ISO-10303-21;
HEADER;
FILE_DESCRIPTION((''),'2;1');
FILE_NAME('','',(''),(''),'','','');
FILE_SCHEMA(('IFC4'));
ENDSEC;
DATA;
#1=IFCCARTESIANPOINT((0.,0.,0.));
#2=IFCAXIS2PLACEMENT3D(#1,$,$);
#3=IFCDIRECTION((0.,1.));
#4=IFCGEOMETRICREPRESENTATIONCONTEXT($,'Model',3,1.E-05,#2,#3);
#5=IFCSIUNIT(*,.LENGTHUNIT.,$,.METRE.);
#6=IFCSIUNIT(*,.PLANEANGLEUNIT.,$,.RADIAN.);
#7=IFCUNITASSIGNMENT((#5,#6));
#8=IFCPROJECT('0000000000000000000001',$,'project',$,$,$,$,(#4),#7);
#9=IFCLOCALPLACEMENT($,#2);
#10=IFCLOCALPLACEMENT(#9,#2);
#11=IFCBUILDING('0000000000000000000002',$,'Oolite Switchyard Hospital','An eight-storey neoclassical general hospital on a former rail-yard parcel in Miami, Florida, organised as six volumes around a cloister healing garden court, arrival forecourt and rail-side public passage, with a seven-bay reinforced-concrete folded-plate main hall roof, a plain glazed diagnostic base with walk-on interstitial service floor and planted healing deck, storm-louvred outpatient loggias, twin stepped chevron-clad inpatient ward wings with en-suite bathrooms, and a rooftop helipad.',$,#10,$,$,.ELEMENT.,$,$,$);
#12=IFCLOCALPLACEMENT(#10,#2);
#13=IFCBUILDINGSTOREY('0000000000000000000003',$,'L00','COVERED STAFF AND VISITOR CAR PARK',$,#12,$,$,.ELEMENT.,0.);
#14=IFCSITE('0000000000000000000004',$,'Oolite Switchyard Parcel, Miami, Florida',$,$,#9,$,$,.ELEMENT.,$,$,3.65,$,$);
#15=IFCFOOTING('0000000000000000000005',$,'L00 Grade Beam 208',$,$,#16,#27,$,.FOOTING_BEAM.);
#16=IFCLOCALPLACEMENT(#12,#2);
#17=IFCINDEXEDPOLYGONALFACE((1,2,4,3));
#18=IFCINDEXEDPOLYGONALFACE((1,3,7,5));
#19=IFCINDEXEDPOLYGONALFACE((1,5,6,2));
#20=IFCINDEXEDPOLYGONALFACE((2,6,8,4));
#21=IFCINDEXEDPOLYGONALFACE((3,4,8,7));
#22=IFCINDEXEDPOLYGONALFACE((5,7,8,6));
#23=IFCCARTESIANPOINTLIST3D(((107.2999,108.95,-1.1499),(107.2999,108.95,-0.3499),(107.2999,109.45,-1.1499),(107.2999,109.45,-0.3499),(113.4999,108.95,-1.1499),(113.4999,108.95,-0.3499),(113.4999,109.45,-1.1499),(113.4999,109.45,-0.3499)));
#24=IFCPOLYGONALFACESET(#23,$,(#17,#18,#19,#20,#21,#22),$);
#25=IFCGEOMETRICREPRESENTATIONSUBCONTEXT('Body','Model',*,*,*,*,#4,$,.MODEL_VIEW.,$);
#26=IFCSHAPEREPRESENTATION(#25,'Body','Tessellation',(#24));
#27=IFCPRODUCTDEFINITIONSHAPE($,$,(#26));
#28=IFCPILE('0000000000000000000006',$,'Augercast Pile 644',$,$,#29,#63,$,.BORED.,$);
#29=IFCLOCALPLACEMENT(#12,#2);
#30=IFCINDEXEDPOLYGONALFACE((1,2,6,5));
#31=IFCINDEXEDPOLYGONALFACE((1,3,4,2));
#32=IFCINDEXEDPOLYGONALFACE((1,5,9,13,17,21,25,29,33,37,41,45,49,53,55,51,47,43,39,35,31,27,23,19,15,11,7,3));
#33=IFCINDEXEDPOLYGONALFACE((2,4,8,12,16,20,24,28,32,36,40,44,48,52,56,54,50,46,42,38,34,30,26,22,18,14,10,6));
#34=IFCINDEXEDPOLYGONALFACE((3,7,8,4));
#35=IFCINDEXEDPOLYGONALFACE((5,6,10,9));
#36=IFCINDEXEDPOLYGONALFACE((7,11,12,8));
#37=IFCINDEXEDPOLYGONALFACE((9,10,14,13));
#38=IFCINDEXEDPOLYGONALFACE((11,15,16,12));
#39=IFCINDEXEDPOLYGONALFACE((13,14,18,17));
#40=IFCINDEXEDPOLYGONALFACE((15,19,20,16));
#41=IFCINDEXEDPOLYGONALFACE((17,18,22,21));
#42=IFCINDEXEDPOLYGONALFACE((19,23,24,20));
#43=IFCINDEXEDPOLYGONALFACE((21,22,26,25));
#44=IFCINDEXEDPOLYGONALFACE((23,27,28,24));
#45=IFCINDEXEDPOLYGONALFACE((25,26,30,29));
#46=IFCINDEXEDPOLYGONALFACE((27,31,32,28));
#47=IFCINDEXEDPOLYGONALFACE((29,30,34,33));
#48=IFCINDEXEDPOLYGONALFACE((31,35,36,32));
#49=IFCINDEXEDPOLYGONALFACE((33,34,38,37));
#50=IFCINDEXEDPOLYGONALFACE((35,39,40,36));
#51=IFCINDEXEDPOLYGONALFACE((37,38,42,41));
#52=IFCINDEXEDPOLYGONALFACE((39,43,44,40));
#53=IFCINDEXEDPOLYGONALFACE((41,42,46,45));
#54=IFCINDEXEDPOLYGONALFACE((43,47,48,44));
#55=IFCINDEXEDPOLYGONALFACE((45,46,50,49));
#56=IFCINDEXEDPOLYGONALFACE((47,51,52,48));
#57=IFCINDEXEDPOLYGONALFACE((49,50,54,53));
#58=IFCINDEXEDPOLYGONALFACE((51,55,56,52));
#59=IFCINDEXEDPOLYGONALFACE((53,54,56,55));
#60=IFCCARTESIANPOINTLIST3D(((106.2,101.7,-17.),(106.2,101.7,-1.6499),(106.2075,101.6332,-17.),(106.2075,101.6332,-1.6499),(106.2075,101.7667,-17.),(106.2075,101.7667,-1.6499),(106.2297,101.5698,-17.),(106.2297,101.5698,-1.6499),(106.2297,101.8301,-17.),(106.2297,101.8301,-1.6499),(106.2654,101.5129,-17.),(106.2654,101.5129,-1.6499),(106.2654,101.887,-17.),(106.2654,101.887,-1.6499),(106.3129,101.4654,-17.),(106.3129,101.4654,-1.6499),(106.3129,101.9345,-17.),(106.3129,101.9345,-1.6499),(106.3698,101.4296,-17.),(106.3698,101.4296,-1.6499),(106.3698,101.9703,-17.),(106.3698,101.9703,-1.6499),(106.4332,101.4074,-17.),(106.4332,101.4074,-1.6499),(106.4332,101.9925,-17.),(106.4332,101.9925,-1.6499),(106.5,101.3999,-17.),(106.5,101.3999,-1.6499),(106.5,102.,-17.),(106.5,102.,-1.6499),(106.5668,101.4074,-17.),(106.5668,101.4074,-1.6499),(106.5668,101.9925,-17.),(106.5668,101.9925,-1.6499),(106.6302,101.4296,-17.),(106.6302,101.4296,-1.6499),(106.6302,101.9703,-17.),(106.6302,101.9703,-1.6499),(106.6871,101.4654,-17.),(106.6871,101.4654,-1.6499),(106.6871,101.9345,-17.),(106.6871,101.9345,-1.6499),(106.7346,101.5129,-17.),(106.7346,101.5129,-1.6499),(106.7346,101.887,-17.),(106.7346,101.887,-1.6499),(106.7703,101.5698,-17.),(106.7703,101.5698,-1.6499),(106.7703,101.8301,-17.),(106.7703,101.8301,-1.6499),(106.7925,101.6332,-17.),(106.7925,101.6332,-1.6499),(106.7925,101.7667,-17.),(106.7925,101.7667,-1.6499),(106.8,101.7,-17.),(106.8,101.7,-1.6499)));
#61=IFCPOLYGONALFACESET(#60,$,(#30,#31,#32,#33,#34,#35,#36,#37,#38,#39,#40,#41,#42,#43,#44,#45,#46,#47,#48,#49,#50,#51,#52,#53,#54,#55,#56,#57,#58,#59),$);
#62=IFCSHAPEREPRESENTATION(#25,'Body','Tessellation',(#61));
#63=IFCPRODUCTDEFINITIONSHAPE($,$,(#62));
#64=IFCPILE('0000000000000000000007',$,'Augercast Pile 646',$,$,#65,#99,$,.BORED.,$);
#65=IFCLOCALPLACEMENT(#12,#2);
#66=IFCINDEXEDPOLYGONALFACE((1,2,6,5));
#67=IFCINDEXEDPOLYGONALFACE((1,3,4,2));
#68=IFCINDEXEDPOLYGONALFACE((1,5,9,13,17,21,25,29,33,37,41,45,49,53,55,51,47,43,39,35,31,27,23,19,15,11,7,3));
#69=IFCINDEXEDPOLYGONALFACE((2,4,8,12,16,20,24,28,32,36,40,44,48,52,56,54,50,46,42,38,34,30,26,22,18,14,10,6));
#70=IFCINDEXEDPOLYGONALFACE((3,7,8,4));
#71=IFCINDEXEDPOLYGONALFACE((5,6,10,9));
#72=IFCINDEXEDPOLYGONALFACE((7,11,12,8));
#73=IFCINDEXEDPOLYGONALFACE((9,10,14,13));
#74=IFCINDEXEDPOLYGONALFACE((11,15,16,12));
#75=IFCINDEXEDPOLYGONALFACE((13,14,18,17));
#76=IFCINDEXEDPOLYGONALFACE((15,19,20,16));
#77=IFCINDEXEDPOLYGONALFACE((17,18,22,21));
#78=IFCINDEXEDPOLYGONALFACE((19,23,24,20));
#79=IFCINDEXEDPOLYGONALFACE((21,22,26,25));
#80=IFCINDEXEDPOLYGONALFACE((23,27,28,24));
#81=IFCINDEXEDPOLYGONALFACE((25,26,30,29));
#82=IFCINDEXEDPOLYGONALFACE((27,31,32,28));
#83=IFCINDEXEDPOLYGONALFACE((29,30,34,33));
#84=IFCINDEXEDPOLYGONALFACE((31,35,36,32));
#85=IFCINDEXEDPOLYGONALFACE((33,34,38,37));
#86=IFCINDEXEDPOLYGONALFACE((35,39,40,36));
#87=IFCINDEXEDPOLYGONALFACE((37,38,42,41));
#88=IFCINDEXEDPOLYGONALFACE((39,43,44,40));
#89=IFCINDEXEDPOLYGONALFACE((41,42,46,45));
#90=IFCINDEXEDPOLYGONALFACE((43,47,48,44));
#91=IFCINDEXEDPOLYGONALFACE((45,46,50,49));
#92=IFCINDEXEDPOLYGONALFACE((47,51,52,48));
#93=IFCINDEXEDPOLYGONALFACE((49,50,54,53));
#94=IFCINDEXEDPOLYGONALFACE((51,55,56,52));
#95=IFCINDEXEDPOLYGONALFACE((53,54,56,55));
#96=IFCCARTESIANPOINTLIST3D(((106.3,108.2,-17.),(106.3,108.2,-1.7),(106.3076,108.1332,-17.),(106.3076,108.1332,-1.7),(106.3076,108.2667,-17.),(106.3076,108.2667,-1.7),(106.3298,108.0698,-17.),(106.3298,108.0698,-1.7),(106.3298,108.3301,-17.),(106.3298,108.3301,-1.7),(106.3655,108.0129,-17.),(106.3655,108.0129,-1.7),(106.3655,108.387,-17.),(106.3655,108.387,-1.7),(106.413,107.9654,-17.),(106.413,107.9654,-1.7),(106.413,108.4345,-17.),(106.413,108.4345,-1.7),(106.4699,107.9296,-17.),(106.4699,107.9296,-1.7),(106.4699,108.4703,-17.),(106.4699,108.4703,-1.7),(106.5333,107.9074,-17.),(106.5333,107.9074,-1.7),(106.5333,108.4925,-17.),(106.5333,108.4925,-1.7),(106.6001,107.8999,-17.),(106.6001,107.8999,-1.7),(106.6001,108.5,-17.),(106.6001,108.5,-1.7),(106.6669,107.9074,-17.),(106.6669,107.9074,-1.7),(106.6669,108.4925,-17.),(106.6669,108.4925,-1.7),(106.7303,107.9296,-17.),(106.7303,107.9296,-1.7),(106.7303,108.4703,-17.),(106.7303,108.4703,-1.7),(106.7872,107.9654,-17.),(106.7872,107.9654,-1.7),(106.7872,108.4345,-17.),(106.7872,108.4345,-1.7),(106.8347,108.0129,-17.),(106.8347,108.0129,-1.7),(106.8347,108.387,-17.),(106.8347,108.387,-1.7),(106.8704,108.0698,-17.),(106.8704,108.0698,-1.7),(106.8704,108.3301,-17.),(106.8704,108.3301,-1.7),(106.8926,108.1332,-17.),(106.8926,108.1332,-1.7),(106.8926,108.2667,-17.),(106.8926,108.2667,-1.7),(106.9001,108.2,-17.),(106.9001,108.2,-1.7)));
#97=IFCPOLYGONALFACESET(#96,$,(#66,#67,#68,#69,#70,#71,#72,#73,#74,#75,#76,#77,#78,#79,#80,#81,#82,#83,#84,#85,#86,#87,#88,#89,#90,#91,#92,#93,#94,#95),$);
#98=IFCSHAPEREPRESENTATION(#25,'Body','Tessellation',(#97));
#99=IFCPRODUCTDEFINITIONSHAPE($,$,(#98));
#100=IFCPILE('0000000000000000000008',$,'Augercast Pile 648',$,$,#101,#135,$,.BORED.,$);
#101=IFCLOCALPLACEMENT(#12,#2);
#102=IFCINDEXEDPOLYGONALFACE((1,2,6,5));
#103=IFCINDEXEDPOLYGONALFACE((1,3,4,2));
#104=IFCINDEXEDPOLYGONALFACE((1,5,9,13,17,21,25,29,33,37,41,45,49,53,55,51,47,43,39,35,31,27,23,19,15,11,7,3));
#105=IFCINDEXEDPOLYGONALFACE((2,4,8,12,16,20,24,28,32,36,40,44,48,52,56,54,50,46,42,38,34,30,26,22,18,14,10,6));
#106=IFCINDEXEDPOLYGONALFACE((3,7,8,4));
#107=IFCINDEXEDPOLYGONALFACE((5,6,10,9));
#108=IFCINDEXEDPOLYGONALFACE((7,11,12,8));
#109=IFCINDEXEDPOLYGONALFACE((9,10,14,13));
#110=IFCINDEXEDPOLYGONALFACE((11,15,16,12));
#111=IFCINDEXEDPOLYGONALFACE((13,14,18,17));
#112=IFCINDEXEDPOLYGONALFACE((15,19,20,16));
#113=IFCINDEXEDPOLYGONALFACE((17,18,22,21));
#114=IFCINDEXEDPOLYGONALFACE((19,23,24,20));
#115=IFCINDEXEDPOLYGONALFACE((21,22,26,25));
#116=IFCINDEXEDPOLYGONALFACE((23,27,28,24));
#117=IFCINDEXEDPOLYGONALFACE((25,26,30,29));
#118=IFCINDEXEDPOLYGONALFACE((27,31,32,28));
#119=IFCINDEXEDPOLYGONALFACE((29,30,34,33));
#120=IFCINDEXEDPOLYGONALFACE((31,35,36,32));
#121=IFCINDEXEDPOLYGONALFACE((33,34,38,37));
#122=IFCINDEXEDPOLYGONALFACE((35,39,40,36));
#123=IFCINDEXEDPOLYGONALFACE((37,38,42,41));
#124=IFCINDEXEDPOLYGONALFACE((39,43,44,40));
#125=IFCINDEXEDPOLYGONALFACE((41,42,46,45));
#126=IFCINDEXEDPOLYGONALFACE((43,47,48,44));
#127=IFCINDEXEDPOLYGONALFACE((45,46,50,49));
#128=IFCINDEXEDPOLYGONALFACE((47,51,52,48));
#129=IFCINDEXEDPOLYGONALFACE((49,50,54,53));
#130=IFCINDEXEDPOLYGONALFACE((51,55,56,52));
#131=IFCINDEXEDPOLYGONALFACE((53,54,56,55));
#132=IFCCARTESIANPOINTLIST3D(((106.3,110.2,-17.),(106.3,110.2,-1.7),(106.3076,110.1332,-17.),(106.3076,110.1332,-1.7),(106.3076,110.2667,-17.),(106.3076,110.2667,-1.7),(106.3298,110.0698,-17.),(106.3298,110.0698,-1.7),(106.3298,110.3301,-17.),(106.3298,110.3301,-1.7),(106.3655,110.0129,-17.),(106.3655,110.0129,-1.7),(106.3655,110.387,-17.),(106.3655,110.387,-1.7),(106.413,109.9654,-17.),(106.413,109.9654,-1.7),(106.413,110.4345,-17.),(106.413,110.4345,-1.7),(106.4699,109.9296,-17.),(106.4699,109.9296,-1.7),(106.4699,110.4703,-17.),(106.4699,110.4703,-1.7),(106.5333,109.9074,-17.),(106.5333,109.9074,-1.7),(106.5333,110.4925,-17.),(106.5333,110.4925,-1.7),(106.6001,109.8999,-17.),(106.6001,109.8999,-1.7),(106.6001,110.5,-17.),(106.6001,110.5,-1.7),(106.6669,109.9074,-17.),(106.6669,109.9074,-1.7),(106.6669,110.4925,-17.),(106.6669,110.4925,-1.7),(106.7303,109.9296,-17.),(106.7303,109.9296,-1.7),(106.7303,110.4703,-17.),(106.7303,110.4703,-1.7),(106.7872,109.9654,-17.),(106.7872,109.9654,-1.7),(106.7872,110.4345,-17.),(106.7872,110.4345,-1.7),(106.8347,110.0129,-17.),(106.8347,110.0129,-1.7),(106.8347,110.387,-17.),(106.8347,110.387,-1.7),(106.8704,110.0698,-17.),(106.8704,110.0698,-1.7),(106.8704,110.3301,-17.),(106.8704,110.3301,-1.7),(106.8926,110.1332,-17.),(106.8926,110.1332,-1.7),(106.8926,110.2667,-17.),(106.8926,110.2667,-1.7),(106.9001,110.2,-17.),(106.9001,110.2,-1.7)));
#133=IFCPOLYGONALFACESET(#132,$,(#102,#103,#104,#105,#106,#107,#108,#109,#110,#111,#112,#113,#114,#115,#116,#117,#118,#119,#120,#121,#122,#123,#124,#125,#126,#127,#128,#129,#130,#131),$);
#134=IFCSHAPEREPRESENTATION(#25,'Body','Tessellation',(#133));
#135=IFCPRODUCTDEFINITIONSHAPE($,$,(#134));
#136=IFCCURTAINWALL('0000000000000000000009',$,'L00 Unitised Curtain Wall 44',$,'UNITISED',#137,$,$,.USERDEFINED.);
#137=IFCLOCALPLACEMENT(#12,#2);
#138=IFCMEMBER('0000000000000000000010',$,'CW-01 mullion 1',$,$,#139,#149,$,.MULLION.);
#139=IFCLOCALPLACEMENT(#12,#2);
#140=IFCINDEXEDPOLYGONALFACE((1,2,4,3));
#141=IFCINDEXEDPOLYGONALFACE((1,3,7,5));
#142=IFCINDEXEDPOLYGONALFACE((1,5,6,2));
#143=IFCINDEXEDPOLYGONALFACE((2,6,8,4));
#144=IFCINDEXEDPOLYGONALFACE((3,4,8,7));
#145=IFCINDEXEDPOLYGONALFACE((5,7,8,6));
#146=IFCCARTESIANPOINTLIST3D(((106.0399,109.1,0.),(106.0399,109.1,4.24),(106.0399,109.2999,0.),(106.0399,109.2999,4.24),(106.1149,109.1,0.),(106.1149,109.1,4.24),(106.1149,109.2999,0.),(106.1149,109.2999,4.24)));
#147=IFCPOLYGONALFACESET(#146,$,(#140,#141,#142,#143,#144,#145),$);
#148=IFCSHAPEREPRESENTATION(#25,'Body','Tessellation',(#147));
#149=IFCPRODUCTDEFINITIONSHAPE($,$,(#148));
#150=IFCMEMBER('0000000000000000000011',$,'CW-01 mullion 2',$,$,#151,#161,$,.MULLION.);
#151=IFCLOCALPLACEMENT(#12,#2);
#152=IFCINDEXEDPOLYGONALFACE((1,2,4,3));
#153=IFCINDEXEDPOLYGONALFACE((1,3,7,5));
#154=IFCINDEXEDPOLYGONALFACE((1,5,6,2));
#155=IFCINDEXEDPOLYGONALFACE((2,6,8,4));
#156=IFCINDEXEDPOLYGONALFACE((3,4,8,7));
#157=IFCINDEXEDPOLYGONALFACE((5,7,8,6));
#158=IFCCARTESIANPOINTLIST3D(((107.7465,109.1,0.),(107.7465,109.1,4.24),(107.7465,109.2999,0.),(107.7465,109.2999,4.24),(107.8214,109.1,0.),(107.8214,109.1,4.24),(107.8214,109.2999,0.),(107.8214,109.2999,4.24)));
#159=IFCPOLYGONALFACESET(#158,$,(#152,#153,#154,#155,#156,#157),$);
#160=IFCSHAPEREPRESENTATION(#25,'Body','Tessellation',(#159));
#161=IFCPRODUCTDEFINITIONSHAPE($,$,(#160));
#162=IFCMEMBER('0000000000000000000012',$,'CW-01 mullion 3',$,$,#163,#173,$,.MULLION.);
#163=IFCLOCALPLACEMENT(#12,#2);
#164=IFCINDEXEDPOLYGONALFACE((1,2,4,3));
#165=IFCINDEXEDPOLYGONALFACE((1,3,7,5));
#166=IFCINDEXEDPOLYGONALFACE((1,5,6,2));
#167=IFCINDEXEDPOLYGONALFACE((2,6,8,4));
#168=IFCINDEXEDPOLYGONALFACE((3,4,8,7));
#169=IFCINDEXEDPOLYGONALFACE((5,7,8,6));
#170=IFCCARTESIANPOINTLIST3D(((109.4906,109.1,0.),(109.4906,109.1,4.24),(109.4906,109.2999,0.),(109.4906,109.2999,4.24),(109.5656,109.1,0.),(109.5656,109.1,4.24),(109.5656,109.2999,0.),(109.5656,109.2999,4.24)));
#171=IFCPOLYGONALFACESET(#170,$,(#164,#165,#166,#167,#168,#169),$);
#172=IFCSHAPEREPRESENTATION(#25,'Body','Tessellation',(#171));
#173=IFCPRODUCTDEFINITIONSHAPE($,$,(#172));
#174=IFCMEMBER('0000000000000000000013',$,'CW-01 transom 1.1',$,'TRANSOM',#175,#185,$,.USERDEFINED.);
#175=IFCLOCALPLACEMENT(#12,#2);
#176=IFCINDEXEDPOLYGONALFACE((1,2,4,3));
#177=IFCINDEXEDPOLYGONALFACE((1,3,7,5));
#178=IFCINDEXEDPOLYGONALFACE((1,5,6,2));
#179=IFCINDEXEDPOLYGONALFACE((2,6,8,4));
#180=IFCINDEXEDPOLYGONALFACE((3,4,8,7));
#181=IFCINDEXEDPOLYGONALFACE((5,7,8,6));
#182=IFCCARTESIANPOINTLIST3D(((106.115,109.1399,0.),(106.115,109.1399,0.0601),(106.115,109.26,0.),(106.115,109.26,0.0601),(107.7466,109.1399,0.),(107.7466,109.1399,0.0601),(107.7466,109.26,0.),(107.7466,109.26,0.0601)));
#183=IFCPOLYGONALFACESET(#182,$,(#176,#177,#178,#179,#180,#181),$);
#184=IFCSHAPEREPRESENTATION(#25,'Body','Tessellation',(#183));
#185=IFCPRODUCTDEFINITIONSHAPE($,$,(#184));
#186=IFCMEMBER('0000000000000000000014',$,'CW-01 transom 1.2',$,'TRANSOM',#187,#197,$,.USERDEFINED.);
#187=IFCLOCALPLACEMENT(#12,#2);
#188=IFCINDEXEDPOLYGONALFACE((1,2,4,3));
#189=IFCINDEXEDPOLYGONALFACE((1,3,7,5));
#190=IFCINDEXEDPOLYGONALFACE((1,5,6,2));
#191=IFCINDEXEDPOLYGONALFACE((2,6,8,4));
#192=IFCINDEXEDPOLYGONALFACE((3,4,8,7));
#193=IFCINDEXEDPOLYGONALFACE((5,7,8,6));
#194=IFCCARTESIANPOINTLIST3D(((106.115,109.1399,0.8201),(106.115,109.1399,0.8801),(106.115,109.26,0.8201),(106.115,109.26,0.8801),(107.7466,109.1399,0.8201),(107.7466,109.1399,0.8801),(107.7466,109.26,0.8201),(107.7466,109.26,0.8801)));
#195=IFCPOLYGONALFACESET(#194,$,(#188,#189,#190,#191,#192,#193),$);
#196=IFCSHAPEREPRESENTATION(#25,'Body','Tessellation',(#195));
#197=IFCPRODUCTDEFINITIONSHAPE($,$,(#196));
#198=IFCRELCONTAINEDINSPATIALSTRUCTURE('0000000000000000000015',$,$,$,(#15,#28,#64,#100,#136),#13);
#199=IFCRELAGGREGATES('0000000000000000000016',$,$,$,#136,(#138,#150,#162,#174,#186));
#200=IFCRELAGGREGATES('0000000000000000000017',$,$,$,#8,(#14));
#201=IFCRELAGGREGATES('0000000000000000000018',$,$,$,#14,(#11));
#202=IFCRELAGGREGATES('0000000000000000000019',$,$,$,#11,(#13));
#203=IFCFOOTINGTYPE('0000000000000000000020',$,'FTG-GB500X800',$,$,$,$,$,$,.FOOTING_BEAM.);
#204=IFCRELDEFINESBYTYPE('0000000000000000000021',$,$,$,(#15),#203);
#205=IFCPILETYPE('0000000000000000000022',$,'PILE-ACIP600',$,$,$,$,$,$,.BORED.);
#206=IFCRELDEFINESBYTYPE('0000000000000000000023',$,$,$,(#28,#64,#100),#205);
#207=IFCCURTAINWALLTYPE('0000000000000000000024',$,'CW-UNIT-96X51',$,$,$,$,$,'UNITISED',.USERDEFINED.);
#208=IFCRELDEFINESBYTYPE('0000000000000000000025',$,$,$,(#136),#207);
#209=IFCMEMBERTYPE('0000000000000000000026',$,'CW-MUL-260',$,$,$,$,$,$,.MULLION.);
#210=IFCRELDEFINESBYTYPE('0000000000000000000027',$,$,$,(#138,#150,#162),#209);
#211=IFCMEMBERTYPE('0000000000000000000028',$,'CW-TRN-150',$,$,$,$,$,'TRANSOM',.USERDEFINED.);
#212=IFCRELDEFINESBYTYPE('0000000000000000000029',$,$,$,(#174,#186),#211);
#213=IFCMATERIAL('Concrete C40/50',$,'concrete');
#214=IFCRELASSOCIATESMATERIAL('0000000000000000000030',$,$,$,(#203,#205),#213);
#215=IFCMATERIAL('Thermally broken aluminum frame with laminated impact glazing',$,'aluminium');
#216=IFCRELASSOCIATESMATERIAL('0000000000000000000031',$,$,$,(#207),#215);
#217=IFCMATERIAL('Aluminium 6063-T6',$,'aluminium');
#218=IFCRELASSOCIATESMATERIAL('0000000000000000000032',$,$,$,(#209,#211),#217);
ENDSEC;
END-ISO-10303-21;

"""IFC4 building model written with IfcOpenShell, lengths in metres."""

from ifc_helpers import new_model, si_unit, direction, frame, origin, origin_2d, place, context, subcontext, project, spatial, rectangle, circle, extrude, material, material_profile, profile_set, type_object, element, aggregate, save


model = new_model("IFC4")

# Units and contexts
model_context = context("Model", 3, precision=1e-05, world=origin(), true_north=direction((0.0, 1.0)))
body_context = subcontext(model_context, "Body", "Model", "MODEL_VIEW")
ifc_project = project(units=[si_unit("LENGTHUNIT", "METRE"), si_unit("PLANEANGLEUNIT", "RADIAN")], contexts=[model_context])

# Site, building, storey
site_placement = place(None, origin())
site = spatial("IfcSite", under=ifc_project, at=site_placement, Name="Oolite Switchyard Parcel, Miami, Florida", CompositionType="ELEMENT", RefElevation=3.65)
building_placement = place(site_placement, origin())
building = spatial("IfcBuilding", under=site, at=building_placement, Name="Oolite Switchyard Hospital", Description="An eight-storey neoclassical general hospital on a former rail-yard parcel in Miami, Florida, organised as six volumes around a cloister healing garden court, arrival forecourt and rail-side public passage, with a seven-bay reinforced-concrete folded-plate main hall roof, a plain glazed diagnostic base with walk-on interstitial service floor and planted healing deck, storm-louvred outpatient loggias, twin stepped chevron-clad inpatient ward wings with en-suite bathrooms, and a rooftop helipad.", CompositionType="ELEMENT")
storey_placement = place(building_placement, origin())
storey = spatial("IfcBuildingStorey", under=building, at=storey_placement, Name="L00", Description="COVERED STAFF AND VISITOR CAR PARK", CompositionType="ELEMENT", Elevation=0.0)

# Footing
ifc_material_1 = material(Name="Concrete C40/50", Category="concrete")
footing_type = type_object("IfcFootingType", Name="FTG-GB500X800", PredefinedType="FOOTING_BEAM", material=ifc_material_1)
footing_placement = place(storey_placement, frame((110.3999, 109.2, -1.1499), z_axis=(0.0, 0.0, 1.0), x_axis=(1.0, 0.0, 0.0)))
element("IfcFooting", 1, at=footing_placement, inside=storey, type_object=footing_type, Name="L00 Grade Beam 208", PredefinedType="FOOTING_BEAM", context=body_context, shape_type="SweptSolid", body=[
    extrude(rectangle(XDim=6.2, YDim=0.5, at=origin_2d()), origin(), (0.0, 0.0, 1.0), 0.8),
])

# Piles
ifc_material_profile_1 = material_profile(ifc_material_1, circle(Radius=0.3, at=origin_2d()), Name="PILE600")
ifc_profile_set_1 = profile_set([ifc_material_profile_1], Name="Concrete C40/50")
pile_type = type_object("IfcPileType", Name="PILE-ACIP600", PredefinedType="BORED", material=ifc_profile_set_1)
pile_placement = place(storey_placement, frame((106.5, 101.7, -1.6499), z_axis=(0.0, 0.0, -1.0), x_axis=(1.0, 0.0, 0.0)))
element("IfcPile", 2, at=pile_placement, inside=storey, type_object=pile_type, Name="Augercast Pile 644", PredefinedType="BORED", context=body_context, shape_type="SweptSolid", body=[
    extrude(circle(Radius=0.3, at=origin_2d()), origin(), (0.0, 0.0, 1.0), 15.3501),
])
for number, where, z_axis, x_axis, name in (
    (3, (106.6001, 108.2, -1.7), (0.0, 0.0, -1.0), (1.0, 0.0, 0.0), "Augercast Pile 646"),
    (4, (106.6001, 110.2, -1.7), (0.0, 0.0, -1.0), (1.0, 0.0, 0.0), "Augercast Pile 648"),
):
    element("IfcPile", number, at=place(storey_placement, frame(where, z_axis=z_axis, x_axis=x_axis)), inside=storey, type_object=pile_type, Name=name, PredefinedType="BORED", context=body_context, shape_type="SweptSolid", body=[
        extrude(circle(Radius=0.3, at=origin_2d()), origin(), (0.0, 0.0, 1.0), 15.3),
    ])

# Curtain wall, members
ifc_material_2 = material(Name="Thermally broken aluminum frame with laminated impact glazing", Category="aluminium")
curtain_wall_type = type_object("IfcCurtainWallType", Name="CW-UNIT-96X51", ElementType="UNITISED", PredefinedType="USERDEFINED", material=ifc_material_2)
curtain_wall_placement = place(storey_placement, origin())
curtain_wall = element("IfcCurtainWall", 5, at=curtain_wall_placement, inside=storey, type_object=curtain_wall_type, Name="L00 Unitised Curtain Wall 44", ObjectType="UNITISED", PredefinedType="USERDEFINED")
ifc_material_3 = material(Name="Aluminium 6063-T6", Category="aluminium")
ifc_material_profile_2 = material_profile(ifc_material_3, rectangle(XDim=0.2, YDim=0.075, at=origin_2d()), Name="CWM75X200")
ifc_profile_set_2 = profile_set([ifc_material_profile_2], Name="Aluminium 6063-T6")
member_type_1 = type_object("IfcMemberType", Name="CW-MUL-260", PredefinedType="MULLION", material=ifc_profile_set_2)
member_1_placement = place(storey_placement, frame((106.0774, 109.2, 0.0), z_axis=(0.0, 0.0, 1.0), x_axis=(0.0, 1.0, 0.0)))
member_1 = element("IfcMember", 6, at=member_1_placement, type_object=member_type_1, Name="CW-01 mullion 1", PredefinedType="MULLION", context=body_context, shape_type="SweptSolid", body=[
    extrude(rectangle(XDim=0.2, YDim=0.075, at=origin_2d()), origin(), (0.0, 0.0, 1.0), 4.24),
])
member_2_placement = place(storey_placement, frame((107.7839, 109.2, 0.0), z_axis=(0.0, 0.0, 1.0), x_axis=(0.0, 1.0, 0.0)))
member_2 = element("IfcMember", 7, at=member_2_placement, type_object=member_type_1, Name="CW-01 mullion 2", PredefinedType="MULLION", context=body_context, shape_type="SweptSolid", body=[
    extrude(rectangle(XDim=0.2, YDim=0.075, at=origin_2d()), origin(), (0.0, 0.0, 1.0), 4.24),
])
member_3_placement = place(storey_placement, frame((109.5281, 109.2, 0.0), z_axis=(0.0, 0.0, 1.0), x_axis=(0.0, 1.0, 0.0)))
member_3 = element("IfcMember", 8, at=member_3_placement, type_object=member_type_1, Name="CW-01 mullion 3", PredefinedType="MULLION", context=body_context, shape_type="SweptSolid", body=[
    extrude(rectangle(XDim=0.2, YDim=0.075, at=origin_2d()), origin(), (0.0, 0.0, 1.0), 4.24),
])
ifc_material_profile_3 = material_profile(ifc_material_3, rectangle(XDim=0.1201, YDim=0.0601, at=origin_2d()), Name="CWT60X120")
ifc_profile_set_3 = profile_set([ifc_material_profile_3], Name="Aluminium 6063-T6")
member_type_2 = type_object("IfcMemberType", Name="CW-TRN-150", ElementType="TRANSOM", PredefinedType="USERDEFINED", material=ifc_profile_set_3)
member_4_placement = place(storey_placement, frame((106.115, 109.2, 0.03), z_axis=(1.0, 0.0, 0.0), x_axis=(0.0, 1.0, 0.0)))
member_4 = element("IfcMember", 9, at=member_4_placement, type_object=member_type_2, Name="CW-01 transom 1.1", ObjectType="TRANSOM", PredefinedType="USERDEFINED", context=body_context, shape_type="SweptSolid", body=[
    extrude(rectangle(XDim=0.1201, YDim=0.0601, at=origin_2d()), origin(), (0.0, 0.0, 1.0), 1.6316),
])
member_5_placement = place(storey_placement, frame((106.115, 109.2, 0.8501), z_axis=(1.0, 0.0, 0.0), x_axis=(0.0, 1.0, 0.0)))
member_5 = element("IfcMember", 10, at=member_5_placement, type_object=member_type_2, Name="CW-01 transom 1.2", ObjectType="TRANSOM", PredefinedType="USERDEFINED", context=body_context, shape_type="SweptSolid", body=[
    extrude(rectangle(XDim=0.1201, YDim=0.0601, at=origin_2d()), origin(), (0.0, 0.0, 1.0), 1.6316),
])
aggregate(curtain_wall, [member_1, member_2, member_3, member_4, member_5])

save(model, "model.ifc")
